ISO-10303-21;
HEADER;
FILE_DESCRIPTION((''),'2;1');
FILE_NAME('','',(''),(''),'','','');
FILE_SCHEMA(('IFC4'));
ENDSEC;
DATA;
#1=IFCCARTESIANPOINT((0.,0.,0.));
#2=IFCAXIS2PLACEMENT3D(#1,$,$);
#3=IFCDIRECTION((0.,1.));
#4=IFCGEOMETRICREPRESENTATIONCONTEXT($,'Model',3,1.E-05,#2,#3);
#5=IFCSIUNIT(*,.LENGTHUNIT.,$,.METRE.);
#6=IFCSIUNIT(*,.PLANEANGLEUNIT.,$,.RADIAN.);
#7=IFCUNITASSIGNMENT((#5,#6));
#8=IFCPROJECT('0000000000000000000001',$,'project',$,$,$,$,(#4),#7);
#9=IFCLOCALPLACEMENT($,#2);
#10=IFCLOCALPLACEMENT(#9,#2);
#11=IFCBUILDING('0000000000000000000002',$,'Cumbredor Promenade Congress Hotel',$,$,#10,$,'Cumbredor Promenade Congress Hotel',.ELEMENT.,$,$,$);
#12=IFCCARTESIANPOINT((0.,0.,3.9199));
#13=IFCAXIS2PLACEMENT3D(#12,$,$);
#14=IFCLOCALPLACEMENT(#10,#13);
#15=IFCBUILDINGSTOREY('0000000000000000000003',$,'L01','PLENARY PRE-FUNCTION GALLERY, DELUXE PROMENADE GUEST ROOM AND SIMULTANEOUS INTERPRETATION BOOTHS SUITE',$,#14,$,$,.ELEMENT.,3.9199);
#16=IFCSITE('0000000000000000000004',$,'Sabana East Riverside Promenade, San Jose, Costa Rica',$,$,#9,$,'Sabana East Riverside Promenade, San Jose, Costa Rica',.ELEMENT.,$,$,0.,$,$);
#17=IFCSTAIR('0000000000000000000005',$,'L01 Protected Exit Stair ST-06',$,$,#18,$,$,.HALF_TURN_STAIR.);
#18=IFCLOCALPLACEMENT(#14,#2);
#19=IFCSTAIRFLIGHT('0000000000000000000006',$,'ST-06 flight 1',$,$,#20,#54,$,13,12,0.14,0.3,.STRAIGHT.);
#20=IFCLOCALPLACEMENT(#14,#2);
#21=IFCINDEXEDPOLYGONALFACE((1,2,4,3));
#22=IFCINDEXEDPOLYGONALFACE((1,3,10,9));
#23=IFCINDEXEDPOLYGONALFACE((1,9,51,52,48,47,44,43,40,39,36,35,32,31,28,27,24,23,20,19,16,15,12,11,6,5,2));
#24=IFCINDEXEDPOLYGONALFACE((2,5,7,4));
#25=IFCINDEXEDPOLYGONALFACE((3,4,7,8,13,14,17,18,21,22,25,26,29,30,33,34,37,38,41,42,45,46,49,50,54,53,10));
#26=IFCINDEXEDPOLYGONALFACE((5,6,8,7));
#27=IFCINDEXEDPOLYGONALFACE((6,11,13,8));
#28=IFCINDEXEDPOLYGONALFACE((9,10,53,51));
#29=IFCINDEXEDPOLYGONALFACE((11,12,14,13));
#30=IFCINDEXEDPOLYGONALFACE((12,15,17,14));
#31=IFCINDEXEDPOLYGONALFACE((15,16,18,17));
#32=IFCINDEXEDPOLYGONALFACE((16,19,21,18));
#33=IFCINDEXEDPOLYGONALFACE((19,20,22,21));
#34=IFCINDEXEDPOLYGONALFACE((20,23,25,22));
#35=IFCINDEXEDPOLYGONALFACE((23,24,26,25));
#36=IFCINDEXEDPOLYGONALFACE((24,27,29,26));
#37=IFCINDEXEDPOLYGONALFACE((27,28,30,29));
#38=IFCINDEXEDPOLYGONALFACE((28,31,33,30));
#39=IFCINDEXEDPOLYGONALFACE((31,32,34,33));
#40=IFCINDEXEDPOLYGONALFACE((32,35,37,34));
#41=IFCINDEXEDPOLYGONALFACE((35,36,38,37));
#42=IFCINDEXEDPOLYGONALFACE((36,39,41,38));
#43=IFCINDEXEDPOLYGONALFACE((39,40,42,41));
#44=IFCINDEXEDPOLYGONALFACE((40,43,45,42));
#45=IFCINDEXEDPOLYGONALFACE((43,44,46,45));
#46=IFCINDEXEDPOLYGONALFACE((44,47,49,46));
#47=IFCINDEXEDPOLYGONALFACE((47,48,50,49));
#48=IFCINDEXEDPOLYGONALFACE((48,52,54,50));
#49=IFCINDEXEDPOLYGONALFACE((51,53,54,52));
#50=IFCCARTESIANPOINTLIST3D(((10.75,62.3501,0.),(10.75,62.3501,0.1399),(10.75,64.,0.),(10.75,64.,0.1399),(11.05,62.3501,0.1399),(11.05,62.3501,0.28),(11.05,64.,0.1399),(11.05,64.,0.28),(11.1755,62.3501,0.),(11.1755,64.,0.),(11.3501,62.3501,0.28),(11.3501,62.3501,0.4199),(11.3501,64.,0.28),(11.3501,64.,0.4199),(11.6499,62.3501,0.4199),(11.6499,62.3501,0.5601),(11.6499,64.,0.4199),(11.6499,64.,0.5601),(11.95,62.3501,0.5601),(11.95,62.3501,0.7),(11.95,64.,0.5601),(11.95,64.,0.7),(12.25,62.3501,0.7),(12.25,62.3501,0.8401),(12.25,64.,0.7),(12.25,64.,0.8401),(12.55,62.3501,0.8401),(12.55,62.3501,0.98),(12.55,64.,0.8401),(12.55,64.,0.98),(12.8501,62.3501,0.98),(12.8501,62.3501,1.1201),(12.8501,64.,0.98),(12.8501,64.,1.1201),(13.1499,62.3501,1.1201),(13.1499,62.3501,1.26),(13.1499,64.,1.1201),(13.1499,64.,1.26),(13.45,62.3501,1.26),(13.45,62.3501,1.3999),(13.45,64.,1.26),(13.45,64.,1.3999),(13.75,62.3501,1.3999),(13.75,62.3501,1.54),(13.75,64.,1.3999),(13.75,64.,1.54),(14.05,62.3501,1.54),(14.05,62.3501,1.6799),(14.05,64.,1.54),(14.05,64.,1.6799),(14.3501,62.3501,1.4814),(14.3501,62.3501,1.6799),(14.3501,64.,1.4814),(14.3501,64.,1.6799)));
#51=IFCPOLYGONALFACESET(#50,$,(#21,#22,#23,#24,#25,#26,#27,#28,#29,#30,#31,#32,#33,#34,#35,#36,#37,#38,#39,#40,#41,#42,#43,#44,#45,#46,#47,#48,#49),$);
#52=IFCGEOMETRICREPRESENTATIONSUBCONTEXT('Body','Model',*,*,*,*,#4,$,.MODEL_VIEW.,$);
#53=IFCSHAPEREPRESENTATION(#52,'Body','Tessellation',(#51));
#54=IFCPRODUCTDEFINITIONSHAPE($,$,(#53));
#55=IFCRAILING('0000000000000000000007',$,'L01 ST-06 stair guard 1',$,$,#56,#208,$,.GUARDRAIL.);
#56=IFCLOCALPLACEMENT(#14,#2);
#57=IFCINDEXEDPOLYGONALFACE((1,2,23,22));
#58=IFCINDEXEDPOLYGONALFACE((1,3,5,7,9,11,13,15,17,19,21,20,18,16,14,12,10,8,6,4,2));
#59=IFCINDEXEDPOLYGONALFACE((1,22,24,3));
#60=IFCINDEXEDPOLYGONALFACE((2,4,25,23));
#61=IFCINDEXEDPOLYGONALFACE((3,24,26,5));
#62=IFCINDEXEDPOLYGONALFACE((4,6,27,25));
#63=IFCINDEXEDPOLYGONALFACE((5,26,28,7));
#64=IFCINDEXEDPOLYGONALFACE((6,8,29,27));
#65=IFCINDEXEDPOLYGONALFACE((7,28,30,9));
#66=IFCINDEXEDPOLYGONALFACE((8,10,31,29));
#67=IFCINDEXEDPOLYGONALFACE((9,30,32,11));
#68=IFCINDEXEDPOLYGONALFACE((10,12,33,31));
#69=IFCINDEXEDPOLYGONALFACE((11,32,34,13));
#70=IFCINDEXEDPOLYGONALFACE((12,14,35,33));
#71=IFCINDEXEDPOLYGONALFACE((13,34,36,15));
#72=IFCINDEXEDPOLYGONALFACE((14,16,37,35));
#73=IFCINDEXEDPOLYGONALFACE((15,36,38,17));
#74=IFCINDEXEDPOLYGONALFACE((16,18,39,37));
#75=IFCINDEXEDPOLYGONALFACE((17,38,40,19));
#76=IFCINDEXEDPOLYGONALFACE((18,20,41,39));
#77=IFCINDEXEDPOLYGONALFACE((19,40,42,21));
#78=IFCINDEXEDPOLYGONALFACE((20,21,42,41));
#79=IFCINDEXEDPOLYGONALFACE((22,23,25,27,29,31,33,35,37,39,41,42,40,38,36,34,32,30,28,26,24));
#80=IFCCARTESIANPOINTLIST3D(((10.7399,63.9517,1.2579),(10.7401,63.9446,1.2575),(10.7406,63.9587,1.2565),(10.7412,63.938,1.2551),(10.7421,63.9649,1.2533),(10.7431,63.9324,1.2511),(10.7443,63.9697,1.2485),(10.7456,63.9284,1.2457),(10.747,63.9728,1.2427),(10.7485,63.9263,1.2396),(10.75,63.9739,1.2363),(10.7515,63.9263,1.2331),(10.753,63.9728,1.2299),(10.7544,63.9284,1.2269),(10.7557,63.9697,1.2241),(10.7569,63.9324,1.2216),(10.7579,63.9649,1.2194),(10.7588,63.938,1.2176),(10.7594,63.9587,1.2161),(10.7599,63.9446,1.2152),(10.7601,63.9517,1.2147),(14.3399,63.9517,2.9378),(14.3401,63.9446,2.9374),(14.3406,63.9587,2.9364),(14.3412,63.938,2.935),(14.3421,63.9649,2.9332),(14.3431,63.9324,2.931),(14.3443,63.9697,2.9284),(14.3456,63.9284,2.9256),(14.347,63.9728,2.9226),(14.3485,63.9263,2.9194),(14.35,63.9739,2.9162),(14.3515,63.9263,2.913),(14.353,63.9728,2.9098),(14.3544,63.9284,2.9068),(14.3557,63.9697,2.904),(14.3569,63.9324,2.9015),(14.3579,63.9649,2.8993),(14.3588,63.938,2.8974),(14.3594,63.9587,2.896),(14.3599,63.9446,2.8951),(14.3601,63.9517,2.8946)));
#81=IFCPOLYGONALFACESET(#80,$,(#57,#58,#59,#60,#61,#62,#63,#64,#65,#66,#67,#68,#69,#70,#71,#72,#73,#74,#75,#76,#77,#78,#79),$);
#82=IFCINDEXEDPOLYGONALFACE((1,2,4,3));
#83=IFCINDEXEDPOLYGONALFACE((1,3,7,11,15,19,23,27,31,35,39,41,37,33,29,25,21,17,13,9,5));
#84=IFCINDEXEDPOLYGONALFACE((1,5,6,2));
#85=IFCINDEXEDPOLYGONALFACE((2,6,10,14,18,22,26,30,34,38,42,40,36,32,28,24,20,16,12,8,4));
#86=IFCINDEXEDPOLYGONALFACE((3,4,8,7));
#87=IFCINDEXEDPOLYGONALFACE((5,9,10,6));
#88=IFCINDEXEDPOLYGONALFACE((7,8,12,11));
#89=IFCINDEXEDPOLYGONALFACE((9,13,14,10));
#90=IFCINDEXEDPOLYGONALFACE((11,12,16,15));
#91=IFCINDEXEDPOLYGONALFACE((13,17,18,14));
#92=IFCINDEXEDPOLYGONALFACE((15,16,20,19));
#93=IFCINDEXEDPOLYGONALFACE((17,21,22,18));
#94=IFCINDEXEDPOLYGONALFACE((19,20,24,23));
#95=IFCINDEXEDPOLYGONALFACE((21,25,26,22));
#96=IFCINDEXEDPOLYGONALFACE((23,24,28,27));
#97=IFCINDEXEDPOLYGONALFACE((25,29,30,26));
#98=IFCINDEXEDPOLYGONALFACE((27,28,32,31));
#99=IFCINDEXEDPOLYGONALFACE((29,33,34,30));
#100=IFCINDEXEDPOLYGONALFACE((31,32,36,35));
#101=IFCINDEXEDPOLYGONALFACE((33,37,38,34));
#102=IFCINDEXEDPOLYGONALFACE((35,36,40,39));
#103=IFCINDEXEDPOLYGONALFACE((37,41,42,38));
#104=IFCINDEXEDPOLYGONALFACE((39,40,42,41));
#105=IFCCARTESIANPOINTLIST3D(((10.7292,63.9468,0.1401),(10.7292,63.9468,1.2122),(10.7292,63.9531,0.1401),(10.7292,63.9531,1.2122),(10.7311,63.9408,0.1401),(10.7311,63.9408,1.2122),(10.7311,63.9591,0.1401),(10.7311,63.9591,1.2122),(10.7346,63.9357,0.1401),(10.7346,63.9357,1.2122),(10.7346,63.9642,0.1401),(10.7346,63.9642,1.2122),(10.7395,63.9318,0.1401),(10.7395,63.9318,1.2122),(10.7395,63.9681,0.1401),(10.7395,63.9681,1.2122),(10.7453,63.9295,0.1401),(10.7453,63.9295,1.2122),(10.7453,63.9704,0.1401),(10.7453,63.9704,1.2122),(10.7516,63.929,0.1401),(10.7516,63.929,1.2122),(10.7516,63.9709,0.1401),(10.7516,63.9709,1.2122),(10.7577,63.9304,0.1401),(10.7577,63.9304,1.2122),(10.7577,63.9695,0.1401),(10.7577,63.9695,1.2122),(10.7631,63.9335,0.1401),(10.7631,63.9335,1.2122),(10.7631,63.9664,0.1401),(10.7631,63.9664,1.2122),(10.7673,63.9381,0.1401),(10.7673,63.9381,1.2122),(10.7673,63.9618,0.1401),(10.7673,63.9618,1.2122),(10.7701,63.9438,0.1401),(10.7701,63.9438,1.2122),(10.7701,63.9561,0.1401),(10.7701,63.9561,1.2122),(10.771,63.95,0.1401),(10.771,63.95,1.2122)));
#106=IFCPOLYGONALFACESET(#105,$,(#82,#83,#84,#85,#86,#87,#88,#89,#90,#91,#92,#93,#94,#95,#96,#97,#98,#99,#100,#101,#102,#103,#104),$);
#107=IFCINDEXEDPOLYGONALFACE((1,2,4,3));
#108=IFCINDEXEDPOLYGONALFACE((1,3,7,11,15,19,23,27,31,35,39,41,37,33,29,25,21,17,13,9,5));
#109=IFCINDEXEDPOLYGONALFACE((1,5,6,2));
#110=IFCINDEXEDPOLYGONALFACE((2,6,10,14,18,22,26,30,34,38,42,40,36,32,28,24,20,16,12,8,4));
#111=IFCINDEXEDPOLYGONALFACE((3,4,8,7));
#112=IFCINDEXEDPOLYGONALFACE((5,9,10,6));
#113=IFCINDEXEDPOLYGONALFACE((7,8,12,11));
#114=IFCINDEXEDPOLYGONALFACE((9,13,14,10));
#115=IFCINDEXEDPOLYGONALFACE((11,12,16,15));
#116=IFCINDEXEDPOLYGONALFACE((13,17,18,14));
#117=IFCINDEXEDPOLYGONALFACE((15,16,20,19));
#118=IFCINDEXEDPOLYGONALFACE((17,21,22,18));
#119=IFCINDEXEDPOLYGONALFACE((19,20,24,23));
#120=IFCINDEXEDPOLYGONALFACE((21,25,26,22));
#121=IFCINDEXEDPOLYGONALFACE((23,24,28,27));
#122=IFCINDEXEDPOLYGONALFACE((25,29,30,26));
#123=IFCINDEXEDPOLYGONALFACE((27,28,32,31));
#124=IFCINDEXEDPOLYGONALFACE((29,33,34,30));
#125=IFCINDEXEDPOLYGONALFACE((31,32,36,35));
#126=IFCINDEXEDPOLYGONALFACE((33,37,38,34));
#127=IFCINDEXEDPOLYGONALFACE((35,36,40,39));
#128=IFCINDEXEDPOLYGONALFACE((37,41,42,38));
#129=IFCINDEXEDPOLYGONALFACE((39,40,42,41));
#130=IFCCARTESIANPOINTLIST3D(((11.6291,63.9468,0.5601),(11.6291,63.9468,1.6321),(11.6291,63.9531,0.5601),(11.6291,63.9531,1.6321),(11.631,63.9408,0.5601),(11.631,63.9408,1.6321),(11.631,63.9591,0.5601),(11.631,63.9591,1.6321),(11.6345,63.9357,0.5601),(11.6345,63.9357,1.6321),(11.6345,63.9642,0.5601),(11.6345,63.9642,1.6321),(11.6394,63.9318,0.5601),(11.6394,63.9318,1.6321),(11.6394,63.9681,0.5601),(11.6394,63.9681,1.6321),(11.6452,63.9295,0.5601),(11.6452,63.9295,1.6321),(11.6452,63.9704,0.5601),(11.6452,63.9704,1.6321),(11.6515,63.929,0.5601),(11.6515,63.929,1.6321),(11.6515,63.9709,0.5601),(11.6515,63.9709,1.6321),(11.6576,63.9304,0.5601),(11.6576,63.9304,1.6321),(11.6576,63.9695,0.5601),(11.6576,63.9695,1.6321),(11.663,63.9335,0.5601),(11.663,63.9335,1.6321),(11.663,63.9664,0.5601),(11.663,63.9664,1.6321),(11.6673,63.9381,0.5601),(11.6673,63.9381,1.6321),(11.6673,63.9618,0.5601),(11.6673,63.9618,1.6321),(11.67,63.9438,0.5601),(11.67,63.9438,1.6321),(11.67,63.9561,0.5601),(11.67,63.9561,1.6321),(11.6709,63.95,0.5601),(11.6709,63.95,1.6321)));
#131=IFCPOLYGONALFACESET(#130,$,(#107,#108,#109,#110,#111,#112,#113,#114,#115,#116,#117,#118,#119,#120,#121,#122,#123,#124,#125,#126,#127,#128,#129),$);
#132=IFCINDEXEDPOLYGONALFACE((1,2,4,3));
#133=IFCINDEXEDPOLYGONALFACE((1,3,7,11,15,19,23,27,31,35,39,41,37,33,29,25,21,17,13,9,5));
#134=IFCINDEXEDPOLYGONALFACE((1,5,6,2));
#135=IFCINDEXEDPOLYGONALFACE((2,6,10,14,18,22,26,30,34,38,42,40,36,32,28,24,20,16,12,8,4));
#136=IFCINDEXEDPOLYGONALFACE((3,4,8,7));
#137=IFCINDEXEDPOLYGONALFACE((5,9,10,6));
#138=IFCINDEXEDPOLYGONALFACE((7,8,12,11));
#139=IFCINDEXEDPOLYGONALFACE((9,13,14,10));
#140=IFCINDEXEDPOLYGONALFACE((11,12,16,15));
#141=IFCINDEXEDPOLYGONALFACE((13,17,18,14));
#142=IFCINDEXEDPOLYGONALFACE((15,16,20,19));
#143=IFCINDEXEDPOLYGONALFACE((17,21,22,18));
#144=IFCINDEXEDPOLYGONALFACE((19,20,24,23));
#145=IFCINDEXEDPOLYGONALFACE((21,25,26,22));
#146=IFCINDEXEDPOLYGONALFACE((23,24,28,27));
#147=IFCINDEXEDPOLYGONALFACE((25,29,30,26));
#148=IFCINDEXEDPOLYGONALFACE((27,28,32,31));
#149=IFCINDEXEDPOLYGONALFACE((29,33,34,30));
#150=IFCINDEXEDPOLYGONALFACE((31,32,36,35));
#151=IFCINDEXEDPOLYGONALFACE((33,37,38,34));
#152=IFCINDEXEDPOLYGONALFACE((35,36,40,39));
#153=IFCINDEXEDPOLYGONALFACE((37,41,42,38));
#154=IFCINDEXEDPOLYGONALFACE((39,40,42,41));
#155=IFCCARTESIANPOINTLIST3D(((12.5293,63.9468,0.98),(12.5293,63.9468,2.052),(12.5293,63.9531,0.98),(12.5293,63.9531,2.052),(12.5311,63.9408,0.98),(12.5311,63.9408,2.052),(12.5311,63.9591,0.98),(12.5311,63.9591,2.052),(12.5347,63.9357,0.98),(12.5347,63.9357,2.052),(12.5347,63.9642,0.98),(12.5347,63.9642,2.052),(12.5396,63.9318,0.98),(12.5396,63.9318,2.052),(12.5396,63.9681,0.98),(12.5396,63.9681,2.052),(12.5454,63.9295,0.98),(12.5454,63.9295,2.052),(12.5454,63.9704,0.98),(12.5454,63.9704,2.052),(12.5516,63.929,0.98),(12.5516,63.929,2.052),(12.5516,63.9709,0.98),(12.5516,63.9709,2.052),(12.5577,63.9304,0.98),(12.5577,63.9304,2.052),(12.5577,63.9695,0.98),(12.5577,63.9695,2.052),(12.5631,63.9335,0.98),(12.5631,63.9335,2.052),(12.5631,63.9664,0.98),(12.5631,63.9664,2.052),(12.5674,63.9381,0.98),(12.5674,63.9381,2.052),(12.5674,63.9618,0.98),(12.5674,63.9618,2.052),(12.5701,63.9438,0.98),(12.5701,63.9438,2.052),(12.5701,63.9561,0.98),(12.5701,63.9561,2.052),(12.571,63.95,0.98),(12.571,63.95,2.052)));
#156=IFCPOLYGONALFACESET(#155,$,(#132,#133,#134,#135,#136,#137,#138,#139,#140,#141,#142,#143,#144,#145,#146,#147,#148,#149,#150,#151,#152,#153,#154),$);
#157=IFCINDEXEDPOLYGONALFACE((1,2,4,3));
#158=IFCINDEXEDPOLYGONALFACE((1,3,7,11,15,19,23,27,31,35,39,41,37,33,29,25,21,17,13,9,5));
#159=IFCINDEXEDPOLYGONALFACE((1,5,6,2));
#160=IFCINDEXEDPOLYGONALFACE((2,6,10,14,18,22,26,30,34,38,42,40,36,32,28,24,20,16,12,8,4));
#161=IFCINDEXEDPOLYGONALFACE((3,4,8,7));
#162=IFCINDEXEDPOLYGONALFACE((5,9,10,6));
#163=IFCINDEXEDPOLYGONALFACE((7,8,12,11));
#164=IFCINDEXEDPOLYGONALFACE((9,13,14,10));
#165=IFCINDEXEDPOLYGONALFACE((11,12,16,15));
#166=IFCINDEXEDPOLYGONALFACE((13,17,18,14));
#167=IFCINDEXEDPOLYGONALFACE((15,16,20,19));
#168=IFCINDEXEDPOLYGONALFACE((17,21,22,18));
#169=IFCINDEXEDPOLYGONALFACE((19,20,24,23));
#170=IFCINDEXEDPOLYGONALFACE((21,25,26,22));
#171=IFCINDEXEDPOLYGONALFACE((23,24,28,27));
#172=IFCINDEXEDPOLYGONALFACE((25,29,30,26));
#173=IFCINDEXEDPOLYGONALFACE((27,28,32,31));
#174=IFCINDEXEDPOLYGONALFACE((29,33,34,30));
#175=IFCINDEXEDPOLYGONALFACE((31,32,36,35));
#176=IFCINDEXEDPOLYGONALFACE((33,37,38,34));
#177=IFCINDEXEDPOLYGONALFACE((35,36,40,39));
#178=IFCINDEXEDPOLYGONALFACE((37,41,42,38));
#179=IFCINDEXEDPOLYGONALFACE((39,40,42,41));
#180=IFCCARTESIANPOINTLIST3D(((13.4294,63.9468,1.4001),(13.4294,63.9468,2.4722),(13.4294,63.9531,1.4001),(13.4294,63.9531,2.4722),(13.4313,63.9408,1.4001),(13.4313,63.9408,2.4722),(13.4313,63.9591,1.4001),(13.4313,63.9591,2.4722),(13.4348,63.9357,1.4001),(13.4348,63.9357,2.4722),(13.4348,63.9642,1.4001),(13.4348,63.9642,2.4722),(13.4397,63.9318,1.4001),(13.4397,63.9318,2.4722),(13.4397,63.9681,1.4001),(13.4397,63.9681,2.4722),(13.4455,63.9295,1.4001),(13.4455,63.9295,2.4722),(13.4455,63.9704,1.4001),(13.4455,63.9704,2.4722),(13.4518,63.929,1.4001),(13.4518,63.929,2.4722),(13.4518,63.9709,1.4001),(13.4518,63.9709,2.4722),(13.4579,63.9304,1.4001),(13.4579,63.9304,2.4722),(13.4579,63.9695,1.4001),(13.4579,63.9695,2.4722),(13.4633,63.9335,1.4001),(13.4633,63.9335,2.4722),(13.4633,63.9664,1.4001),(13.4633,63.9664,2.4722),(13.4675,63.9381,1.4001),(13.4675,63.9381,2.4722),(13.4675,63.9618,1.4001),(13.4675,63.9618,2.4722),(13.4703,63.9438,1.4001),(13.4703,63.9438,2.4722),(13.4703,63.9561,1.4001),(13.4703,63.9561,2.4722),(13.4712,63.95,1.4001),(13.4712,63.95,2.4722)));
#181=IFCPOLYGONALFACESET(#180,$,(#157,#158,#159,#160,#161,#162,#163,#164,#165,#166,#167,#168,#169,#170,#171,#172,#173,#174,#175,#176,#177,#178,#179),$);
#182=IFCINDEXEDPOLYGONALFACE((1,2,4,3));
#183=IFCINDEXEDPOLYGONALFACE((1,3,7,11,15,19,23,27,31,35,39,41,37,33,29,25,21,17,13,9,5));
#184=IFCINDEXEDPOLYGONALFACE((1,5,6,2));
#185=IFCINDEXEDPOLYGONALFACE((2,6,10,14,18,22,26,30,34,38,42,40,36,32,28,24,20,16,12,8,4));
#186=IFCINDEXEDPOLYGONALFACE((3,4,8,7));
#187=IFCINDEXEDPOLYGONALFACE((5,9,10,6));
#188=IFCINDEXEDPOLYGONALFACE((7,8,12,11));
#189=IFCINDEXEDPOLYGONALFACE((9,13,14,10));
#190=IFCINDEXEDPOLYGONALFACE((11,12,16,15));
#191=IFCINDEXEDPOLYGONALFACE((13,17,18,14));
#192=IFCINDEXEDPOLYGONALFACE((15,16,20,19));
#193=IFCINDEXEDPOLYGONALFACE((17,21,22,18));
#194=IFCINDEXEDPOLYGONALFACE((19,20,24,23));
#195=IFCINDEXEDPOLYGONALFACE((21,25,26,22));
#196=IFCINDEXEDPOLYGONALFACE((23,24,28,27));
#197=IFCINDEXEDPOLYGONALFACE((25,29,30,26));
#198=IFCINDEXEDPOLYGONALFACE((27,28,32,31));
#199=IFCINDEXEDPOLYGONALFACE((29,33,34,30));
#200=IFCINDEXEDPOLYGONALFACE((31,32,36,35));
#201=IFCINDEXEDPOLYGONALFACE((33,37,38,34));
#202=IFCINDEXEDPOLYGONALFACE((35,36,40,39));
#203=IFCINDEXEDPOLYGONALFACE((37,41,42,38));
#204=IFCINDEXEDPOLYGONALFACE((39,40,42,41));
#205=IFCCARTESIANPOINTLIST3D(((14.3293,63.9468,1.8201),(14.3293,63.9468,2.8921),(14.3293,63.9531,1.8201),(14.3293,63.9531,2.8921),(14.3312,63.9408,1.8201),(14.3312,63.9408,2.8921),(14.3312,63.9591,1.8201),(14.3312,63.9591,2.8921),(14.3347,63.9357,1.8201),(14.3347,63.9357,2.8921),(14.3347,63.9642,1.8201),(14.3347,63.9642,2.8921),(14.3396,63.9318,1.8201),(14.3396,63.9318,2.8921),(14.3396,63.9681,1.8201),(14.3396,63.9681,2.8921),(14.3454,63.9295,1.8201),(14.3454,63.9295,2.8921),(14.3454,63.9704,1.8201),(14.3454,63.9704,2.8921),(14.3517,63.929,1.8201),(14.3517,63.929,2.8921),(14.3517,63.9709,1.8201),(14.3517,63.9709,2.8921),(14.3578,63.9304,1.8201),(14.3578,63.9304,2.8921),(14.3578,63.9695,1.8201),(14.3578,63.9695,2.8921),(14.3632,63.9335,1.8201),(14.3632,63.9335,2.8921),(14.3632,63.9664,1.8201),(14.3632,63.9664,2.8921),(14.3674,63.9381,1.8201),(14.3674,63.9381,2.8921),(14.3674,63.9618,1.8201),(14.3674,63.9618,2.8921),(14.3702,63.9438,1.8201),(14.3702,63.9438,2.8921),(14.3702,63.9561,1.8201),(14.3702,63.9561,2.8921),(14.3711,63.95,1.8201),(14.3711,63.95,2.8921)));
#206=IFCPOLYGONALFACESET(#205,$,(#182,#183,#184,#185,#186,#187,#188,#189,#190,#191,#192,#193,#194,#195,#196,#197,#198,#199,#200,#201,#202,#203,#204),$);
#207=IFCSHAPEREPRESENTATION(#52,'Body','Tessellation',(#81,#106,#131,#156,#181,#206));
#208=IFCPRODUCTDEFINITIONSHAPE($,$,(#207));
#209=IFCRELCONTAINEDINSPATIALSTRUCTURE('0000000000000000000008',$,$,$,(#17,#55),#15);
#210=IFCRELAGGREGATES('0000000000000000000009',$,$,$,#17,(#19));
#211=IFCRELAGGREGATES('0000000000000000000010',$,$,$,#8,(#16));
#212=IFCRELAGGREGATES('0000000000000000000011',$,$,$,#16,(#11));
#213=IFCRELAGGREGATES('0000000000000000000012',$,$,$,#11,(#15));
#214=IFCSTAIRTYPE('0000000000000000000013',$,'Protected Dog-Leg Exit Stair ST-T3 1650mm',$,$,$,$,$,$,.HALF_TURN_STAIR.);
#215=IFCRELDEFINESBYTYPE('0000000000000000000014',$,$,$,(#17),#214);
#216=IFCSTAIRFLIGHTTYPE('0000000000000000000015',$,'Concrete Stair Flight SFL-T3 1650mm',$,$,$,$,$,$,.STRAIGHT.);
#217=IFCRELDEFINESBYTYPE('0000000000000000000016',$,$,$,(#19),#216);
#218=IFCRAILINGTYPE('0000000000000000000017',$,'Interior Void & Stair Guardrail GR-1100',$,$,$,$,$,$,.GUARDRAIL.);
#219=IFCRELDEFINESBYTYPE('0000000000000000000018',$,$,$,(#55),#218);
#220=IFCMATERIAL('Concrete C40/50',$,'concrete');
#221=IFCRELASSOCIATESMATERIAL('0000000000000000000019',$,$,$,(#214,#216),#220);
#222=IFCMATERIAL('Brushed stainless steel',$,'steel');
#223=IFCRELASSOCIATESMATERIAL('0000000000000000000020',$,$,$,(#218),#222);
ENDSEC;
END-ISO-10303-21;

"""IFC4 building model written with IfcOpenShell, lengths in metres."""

from ifc_helpers import new_model, si_unit, direction, frame, origin, origin_2d, place, context, subcontext, project, spatial, polyline, circle, outline, extrude, material, type_object, element, aggregate, save


model = new_model("IFC4")

# Units and contexts
model_context = context("Model", 3, precision=1e-05, world=origin(), true_north=direction((0.0, 1.0)))
body_context = subcontext(model_context, "Body", "Model", "MODEL_VIEW")
ifc_project = project(units=[si_unit("LENGTHUNIT", "METRE"), si_unit("PLANEANGLEUNIT", "RADIAN")], contexts=[model_context])

# Site, building, storey
site_placement = place(None, origin())
site = spatial("IfcSite", under=ifc_project, at=site_placement, Name="Sabana East Riverside Promenade, San Jose, Costa Rica", LongName="Sabana East Riverside Promenade, San Jose, Costa Rica", CompositionType="ELEMENT", RefElevation=0.0)
building_placement = place(site_placement, origin())
building = spatial("IfcBuilding", under=site, at=building_placement, Name="Cumbredor Promenade Congress Hotel", LongName="Cumbredor Promenade Congress Hotel", CompositionType="ELEMENT")
storey_placement = place(building_placement, frame((0.0, 0.0, 3.9199)))
storey = spatial("IfcBuildingStorey", under=building, at=storey_placement, Name="L01", Description="PLENARY PRE-FUNCTION GALLERY, DELUXE PROMENADE GUEST ROOM AND SIMULTANEOUS INTERPRETATION BOOTHS SUITE", CompositionType="ELEMENT", Elevation=3.9199)

# Shared definitions
ifc_material_1 = material(Name="Concrete C40/50", Category="concrete")

# Stair, stair flight
stair_type = type_object("IfcStairType", Name="Protected Dog-Leg Exit Stair ST-T3 1650mm", PredefinedType="HALF_TURN_STAIR", material=ifc_material_1)
stair_placement = place(storey_placement, origin())
stair = element("IfcStair", 1, at=stair_placement, inside=storey, type_object=stair_type, Name="L01 Protected Exit Stair ST-06", PredefinedType="HALF_TURN_STAIR")
stair_flight_type = type_object("IfcStairFlightType", Name="Concrete Stair Flight SFL-T3 1650mm", PredefinedType="STRAIGHT", material=ifc_material_1)
stair_flight_placement = place(storey_placement, frame((10.75, 63.175, 0.0), z_axis=(0.0, 0.0, 1.0), x_axis=(1.0, 0.0, 0.0)))
stair_flight = element("IfcStairFlight", 2, at=stair_flight_placement, type_object=stair_flight_type, Name="ST-06 flight 1", NumberOfRisers=13, NumberOfTreads=12, PredefinedType="STRAIGHT", RiserHeight=0.14, TreadLength=0.3, context=body_context, shape_type="SweptSolid", body=[
    extrude(outline(polyline([(0.0, 0.0), (0.0, 0.1399), (0.3, 0.1399), (0.3, 0.28), (0.6001, 0.28), (0.6001, 0.4199), (0.8999, 0.4199), (0.8999, 0.5601), (1.2, 0.5601), (1.2, 0.7), (1.5, 0.7), (1.5, 0.8401), (1.8, 0.8401), (1.8, 0.98), (2.1001, 0.98), (2.1001, 1.1201), (2.3999, 1.1201), (2.3999, 1.26), (2.7, 1.26), (2.7, 1.3999), (3.0, 1.3999), (3.0, 1.54), (3.3, 1.54), (3.3, 1.6799), (3.6001, 1.6799), (3.6001, 1.8201), (3.6001, 1.4814), (0.4255, 0.0), (0.0, 0.0)])), frame((0.0, 0.825, 0.0), z_axis=(0.0, -1.0, 0.0), x_axis=(1.0, 0.0, 0.0)), (0.0, 0.0, 1.0), 1.6499),
])
aggregate(stair, [stair_flight])

# Railing
ifc_material_2 = material(Name="Brushed stainless steel", Category="steel")
railing_type_1 = type_object("IfcRailingType", Name="Interior Void & Stair Guardrail GR-1100", PredefinedType="GUARDRAIL", material=ifc_material_2)
railing_1_placement = place(storey_placement, frame((10.75, 63.95, 0.1401)))
element("IfcRailing", 3, at=railing_1_placement, inside=storey, type_object=railing_type_1, Name="L01 ST-06 stair guard 1", PredefinedType="GUARDRAIL", context=body_context, shape_type="SweptSolid", body=[
    extrude(circle(Radius=0.0239, at=origin_2d()), frame((0.0, 0.0, 1.0962), z_axis=(0.906194, 0.0, 0.422862), x_axis=(0.0, 1.0, 0.0)), (0.0, 0.0, 1.0), 3.9727),
    extrude(circle(Radius=0.021, at=origin_2d()), origin(), (0.0, 0.0, 1.0), 1.072),
    extrude(circle(Radius=0.021, at=origin_2d()), frame((0.8999, 0.0, 0.4199)), (0.0, 0.0, 1.0), 1.072),
    extrude(circle(Radius=0.021, at=origin_2d()), frame((1.8, 0.0, 0.8398)), (0.0, 0.0, 1.0), 1.072),
    extrude(circle(Radius=0.021, at=origin_2d()), frame((2.7002, 0.0, 1.26)), (0.0, 0.0, 1.0), 1.072),
    extrude(circle(Radius=0.021, at=origin_2d()), frame((3.6001, 0.0, 1.6799)), (0.0, 0.0, 1.0), 1.072),
])

save(model, "model.ifc")
